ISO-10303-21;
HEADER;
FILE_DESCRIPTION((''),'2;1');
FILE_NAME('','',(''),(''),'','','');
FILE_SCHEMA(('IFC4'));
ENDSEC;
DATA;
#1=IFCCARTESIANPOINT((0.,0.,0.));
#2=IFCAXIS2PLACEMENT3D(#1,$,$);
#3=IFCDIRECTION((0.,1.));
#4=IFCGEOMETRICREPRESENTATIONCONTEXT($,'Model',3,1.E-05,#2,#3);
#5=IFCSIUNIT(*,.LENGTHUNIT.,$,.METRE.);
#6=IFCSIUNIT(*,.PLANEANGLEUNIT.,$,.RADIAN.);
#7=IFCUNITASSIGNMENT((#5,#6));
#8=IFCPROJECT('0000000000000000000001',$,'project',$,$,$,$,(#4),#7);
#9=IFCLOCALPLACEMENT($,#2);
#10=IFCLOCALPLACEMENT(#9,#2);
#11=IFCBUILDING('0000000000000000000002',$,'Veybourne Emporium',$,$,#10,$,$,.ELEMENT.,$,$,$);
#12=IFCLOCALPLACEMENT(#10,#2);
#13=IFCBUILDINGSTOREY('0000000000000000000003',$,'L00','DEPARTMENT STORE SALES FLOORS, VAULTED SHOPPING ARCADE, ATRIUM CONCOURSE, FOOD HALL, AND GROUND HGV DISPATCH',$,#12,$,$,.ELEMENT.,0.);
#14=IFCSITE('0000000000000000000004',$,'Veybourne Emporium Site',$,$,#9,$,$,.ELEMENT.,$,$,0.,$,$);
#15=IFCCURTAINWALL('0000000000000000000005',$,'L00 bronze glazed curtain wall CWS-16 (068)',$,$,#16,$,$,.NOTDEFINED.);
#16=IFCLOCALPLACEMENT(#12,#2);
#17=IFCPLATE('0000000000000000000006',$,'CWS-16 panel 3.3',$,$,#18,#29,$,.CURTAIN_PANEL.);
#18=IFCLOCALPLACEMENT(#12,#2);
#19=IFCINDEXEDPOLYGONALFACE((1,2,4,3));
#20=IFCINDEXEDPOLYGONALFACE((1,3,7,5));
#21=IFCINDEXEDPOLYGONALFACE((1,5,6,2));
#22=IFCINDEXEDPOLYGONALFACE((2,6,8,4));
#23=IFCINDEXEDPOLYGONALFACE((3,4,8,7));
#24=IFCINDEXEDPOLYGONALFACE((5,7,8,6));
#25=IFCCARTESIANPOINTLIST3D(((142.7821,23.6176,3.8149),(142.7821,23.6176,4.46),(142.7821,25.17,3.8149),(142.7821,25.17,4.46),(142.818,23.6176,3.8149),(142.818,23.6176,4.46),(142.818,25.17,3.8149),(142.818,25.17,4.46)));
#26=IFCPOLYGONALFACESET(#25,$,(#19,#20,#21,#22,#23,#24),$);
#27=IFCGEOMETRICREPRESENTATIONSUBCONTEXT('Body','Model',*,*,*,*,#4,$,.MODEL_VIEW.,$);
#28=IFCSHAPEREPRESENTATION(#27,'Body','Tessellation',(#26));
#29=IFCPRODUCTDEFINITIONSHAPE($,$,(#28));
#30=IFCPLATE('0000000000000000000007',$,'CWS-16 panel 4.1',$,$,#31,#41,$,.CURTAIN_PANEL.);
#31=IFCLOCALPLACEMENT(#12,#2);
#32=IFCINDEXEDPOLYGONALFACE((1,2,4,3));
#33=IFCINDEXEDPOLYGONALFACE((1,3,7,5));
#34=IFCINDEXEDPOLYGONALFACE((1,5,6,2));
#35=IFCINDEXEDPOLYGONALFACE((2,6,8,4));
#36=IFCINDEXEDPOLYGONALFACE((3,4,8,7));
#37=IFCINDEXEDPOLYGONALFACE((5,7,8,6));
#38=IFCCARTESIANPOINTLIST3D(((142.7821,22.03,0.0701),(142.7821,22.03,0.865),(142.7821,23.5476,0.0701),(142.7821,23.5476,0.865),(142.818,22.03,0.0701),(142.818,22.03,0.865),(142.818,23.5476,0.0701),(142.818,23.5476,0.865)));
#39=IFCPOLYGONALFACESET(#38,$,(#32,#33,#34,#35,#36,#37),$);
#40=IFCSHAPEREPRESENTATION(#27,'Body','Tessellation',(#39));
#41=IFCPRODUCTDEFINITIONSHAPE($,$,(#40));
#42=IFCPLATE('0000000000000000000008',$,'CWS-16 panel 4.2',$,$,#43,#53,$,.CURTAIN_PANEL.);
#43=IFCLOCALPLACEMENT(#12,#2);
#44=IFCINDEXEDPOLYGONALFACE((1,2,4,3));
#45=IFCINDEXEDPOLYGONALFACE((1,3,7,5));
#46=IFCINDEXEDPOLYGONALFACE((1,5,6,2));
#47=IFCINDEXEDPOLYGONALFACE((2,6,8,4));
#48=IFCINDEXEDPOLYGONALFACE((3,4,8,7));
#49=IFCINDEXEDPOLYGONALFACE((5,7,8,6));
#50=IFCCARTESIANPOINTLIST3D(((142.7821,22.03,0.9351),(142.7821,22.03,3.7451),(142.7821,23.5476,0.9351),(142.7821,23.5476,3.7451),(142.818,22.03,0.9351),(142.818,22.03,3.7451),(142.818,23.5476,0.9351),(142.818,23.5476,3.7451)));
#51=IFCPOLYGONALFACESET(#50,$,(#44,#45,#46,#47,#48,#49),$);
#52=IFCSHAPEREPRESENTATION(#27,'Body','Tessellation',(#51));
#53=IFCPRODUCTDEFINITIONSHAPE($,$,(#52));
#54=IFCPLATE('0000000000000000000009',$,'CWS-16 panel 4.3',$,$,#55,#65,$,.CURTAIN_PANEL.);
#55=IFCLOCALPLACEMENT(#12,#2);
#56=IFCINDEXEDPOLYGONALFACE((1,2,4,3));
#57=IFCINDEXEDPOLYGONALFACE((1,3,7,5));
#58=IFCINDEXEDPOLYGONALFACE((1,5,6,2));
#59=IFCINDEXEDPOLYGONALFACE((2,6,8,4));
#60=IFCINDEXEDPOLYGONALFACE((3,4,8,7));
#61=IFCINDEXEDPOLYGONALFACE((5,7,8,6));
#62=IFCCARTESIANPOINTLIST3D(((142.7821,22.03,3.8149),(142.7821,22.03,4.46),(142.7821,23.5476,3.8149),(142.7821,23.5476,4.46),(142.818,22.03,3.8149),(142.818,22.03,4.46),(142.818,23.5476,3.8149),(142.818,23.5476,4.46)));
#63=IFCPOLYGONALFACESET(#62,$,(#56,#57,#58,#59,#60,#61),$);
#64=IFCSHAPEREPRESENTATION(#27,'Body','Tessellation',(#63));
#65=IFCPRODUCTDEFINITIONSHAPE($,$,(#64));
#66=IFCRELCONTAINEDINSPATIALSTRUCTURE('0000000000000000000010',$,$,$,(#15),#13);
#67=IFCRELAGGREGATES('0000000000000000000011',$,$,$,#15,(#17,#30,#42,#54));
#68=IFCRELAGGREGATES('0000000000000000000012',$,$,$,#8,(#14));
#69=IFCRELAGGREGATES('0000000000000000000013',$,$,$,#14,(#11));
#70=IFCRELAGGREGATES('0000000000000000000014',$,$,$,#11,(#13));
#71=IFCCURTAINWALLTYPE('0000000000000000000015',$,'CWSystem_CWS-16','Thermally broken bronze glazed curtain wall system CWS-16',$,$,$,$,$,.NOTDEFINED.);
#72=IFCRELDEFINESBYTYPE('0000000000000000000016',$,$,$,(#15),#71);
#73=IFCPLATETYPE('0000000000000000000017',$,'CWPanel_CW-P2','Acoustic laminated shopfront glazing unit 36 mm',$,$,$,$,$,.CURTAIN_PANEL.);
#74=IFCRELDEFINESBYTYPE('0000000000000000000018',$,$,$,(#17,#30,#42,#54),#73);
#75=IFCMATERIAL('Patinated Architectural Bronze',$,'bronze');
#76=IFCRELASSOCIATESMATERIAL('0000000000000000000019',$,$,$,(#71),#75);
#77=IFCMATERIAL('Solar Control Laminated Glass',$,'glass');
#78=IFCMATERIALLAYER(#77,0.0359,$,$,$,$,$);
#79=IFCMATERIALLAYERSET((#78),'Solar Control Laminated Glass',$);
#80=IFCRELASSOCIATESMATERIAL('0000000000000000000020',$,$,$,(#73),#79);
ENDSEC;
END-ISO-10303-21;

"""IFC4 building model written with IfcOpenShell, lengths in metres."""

from ifc_helpers import new_model, si_unit, direction, frame, origin, origin_2d, place, context, subcontext, project, spatial, rectangle, extrude, material, layer, layer_set, type_object, element, aggregate, save


model = new_model("IFC4")

# Units and contexts
model_context = context("Model", 3, precision=1e-05, world=origin(), true_north=direction((0.0, 1.0)))
body_context = subcontext(model_context, "Body", "Model", "MODEL_VIEW")
ifc_project = project(units=[si_unit("LENGTHUNIT", "METRE"), si_unit("PLANEANGLEUNIT", "RADIAN")], contexts=[model_context])

# Site, building, storey
site_placement = place(None, origin())
site = spatial("IfcSite", under=ifc_project, at=site_placement, Name="Veybourne Emporium Site", CompositionType="ELEMENT", RefElevation=0.0)
building_placement = place(site_placement, origin())
building = spatial("IfcBuilding", under=site, at=building_placement, Name="Veybourne Emporium", CompositionType="ELEMENT")
storey_placement = place(building_placement, origin())
storey = spatial("IfcBuildingStorey", under=building, at=storey_placement, Name="L00", Description="DEPARTMENT STORE SALES FLOORS, VAULTED SHOPPING ARCADE, ATRIUM CONCOURSE, FOOD HALL, AND GROUND HGV DISPATCH", CompositionType="ELEMENT", Elevation=0.0)

# Curtain wall
ifc_material_1 = material(Name="Patinated Architectural Bronze", Category="bronze")
curtain_wall_type = type_object("IfcCurtainWallType", Name="CWSystem_CWS-16", Description="Thermally broken bronze glazed curtain wall system CWS-16", PredefinedType="NOTDEFINED", material=ifc_material_1)
curtain_wall_placement = place(storey_placement, origin())
curtain_wall = element("IfcCurtainWall", 1, at=curtain_wall_placement, inside=storey, type_object=curtain_wall_type, Name="L00 bronze glazed curtain wall CWS-16 (068)", PredefinedType="NOTDEFINED")

# Plates
ifc_material_2 = material(Name="Solar Control Laminated Glass", Category="glass")
ifc_layer = layer(ifc_material_2, 0.0359)
ifc_layer_set = layer_set([ifc_layer], Name="Solar Control Laminated Glass")
plate_type = type_object("IfcPlateType", Name="CWPanel_CW-P2", Description="Acoustic laminated shopfront glazing unit 36 mm", PredefinedType="CURTAIN_PANEL", material=ifc_layer_set)
plate_1_placement = place(storey_placement, frame((142.8, 24.3938, 3.8149), z_axis=(0.0, 0.0, 1.0), x_axis=(0.0, -1.0, 0.0)))
plate_1 = element("IfcPlate", 2, at=plate_1_placement, type_object=plate_type, Name="CWS-16 panel 3.3", PredefinedType="CURTAIN_PANEL", context=body_context, shape_type="SweptSolid", body=[
    extrude(rectangle(XDim=1.5525, YDim=0.0359, at=origin_2d()), origin(), (0.0, 0.0, 1.0), 0.645),
])
plate_2_placement = place(storey_placement, frame((142.8, 22.7888, 0.0701), z_axis=(0.0, 0.0, 1.0), x_axis=(0.0, -1.0, 0.0)))
plate_2 = element("IfcPlate", 3, at=plate_2_placement, type_object=plate_type, Name="CWS-16 panel 4.1", PredefinedType="CURTAIN_PANEL", context=body_context, shape_type="SweptSolid", body=[
    extrude(rectangle(XDim=1.5176, YDim=0.0359, at=origin_2d()), origin(), (0.0, 0.0, 1.0), 0.7949),
])
plate_3_placement = place(storey_placement, frame((142.8, 22.7888, 0.9351), z_axis=(0.0, 0.0, 1.0), x_axis=(0.0, -1.0, 0.0)))
plate_3 = element("IfcPlate", 4, at=plate_3_placement, type_object=plate_type, Name="CWS-16 panel 4.2", PredefinedType="CURTAIN_PANEL", context=body_context, shape_type="SweptSolid", body=[
    extrude(rectangle(XDim=1.5176, YDim=0.0359, at=origin_2d()), origin(), (0.0, 0.0, 1.0), 2.8101),
])
plate_4_placement = place(storey_placement, frame((142.8, 22.7888, 3.8149), z_axis=(0.0, 0.0, 1.0), x_axis=(0.0, -1.0, 0.0)))
plate_4 = element("IfcPlate", 5, at=plate_4_placement, type_object=plate_type, Name="CWS-16 panel 4.3", PredefinedType="CURTAIN_PANEL", context=body_context, shape_type="SweptSolid", body=[
    extrude(rectangle(XDim=1.5176, YDim=0.0359, at=origin_2d()), origin(), (0.0, 0.0, 1.0), 0.645),
])
aggregate(curtain_wall, [plate_1, plate_2, plate_3, plate_4])

save(model, "model.ifc")
